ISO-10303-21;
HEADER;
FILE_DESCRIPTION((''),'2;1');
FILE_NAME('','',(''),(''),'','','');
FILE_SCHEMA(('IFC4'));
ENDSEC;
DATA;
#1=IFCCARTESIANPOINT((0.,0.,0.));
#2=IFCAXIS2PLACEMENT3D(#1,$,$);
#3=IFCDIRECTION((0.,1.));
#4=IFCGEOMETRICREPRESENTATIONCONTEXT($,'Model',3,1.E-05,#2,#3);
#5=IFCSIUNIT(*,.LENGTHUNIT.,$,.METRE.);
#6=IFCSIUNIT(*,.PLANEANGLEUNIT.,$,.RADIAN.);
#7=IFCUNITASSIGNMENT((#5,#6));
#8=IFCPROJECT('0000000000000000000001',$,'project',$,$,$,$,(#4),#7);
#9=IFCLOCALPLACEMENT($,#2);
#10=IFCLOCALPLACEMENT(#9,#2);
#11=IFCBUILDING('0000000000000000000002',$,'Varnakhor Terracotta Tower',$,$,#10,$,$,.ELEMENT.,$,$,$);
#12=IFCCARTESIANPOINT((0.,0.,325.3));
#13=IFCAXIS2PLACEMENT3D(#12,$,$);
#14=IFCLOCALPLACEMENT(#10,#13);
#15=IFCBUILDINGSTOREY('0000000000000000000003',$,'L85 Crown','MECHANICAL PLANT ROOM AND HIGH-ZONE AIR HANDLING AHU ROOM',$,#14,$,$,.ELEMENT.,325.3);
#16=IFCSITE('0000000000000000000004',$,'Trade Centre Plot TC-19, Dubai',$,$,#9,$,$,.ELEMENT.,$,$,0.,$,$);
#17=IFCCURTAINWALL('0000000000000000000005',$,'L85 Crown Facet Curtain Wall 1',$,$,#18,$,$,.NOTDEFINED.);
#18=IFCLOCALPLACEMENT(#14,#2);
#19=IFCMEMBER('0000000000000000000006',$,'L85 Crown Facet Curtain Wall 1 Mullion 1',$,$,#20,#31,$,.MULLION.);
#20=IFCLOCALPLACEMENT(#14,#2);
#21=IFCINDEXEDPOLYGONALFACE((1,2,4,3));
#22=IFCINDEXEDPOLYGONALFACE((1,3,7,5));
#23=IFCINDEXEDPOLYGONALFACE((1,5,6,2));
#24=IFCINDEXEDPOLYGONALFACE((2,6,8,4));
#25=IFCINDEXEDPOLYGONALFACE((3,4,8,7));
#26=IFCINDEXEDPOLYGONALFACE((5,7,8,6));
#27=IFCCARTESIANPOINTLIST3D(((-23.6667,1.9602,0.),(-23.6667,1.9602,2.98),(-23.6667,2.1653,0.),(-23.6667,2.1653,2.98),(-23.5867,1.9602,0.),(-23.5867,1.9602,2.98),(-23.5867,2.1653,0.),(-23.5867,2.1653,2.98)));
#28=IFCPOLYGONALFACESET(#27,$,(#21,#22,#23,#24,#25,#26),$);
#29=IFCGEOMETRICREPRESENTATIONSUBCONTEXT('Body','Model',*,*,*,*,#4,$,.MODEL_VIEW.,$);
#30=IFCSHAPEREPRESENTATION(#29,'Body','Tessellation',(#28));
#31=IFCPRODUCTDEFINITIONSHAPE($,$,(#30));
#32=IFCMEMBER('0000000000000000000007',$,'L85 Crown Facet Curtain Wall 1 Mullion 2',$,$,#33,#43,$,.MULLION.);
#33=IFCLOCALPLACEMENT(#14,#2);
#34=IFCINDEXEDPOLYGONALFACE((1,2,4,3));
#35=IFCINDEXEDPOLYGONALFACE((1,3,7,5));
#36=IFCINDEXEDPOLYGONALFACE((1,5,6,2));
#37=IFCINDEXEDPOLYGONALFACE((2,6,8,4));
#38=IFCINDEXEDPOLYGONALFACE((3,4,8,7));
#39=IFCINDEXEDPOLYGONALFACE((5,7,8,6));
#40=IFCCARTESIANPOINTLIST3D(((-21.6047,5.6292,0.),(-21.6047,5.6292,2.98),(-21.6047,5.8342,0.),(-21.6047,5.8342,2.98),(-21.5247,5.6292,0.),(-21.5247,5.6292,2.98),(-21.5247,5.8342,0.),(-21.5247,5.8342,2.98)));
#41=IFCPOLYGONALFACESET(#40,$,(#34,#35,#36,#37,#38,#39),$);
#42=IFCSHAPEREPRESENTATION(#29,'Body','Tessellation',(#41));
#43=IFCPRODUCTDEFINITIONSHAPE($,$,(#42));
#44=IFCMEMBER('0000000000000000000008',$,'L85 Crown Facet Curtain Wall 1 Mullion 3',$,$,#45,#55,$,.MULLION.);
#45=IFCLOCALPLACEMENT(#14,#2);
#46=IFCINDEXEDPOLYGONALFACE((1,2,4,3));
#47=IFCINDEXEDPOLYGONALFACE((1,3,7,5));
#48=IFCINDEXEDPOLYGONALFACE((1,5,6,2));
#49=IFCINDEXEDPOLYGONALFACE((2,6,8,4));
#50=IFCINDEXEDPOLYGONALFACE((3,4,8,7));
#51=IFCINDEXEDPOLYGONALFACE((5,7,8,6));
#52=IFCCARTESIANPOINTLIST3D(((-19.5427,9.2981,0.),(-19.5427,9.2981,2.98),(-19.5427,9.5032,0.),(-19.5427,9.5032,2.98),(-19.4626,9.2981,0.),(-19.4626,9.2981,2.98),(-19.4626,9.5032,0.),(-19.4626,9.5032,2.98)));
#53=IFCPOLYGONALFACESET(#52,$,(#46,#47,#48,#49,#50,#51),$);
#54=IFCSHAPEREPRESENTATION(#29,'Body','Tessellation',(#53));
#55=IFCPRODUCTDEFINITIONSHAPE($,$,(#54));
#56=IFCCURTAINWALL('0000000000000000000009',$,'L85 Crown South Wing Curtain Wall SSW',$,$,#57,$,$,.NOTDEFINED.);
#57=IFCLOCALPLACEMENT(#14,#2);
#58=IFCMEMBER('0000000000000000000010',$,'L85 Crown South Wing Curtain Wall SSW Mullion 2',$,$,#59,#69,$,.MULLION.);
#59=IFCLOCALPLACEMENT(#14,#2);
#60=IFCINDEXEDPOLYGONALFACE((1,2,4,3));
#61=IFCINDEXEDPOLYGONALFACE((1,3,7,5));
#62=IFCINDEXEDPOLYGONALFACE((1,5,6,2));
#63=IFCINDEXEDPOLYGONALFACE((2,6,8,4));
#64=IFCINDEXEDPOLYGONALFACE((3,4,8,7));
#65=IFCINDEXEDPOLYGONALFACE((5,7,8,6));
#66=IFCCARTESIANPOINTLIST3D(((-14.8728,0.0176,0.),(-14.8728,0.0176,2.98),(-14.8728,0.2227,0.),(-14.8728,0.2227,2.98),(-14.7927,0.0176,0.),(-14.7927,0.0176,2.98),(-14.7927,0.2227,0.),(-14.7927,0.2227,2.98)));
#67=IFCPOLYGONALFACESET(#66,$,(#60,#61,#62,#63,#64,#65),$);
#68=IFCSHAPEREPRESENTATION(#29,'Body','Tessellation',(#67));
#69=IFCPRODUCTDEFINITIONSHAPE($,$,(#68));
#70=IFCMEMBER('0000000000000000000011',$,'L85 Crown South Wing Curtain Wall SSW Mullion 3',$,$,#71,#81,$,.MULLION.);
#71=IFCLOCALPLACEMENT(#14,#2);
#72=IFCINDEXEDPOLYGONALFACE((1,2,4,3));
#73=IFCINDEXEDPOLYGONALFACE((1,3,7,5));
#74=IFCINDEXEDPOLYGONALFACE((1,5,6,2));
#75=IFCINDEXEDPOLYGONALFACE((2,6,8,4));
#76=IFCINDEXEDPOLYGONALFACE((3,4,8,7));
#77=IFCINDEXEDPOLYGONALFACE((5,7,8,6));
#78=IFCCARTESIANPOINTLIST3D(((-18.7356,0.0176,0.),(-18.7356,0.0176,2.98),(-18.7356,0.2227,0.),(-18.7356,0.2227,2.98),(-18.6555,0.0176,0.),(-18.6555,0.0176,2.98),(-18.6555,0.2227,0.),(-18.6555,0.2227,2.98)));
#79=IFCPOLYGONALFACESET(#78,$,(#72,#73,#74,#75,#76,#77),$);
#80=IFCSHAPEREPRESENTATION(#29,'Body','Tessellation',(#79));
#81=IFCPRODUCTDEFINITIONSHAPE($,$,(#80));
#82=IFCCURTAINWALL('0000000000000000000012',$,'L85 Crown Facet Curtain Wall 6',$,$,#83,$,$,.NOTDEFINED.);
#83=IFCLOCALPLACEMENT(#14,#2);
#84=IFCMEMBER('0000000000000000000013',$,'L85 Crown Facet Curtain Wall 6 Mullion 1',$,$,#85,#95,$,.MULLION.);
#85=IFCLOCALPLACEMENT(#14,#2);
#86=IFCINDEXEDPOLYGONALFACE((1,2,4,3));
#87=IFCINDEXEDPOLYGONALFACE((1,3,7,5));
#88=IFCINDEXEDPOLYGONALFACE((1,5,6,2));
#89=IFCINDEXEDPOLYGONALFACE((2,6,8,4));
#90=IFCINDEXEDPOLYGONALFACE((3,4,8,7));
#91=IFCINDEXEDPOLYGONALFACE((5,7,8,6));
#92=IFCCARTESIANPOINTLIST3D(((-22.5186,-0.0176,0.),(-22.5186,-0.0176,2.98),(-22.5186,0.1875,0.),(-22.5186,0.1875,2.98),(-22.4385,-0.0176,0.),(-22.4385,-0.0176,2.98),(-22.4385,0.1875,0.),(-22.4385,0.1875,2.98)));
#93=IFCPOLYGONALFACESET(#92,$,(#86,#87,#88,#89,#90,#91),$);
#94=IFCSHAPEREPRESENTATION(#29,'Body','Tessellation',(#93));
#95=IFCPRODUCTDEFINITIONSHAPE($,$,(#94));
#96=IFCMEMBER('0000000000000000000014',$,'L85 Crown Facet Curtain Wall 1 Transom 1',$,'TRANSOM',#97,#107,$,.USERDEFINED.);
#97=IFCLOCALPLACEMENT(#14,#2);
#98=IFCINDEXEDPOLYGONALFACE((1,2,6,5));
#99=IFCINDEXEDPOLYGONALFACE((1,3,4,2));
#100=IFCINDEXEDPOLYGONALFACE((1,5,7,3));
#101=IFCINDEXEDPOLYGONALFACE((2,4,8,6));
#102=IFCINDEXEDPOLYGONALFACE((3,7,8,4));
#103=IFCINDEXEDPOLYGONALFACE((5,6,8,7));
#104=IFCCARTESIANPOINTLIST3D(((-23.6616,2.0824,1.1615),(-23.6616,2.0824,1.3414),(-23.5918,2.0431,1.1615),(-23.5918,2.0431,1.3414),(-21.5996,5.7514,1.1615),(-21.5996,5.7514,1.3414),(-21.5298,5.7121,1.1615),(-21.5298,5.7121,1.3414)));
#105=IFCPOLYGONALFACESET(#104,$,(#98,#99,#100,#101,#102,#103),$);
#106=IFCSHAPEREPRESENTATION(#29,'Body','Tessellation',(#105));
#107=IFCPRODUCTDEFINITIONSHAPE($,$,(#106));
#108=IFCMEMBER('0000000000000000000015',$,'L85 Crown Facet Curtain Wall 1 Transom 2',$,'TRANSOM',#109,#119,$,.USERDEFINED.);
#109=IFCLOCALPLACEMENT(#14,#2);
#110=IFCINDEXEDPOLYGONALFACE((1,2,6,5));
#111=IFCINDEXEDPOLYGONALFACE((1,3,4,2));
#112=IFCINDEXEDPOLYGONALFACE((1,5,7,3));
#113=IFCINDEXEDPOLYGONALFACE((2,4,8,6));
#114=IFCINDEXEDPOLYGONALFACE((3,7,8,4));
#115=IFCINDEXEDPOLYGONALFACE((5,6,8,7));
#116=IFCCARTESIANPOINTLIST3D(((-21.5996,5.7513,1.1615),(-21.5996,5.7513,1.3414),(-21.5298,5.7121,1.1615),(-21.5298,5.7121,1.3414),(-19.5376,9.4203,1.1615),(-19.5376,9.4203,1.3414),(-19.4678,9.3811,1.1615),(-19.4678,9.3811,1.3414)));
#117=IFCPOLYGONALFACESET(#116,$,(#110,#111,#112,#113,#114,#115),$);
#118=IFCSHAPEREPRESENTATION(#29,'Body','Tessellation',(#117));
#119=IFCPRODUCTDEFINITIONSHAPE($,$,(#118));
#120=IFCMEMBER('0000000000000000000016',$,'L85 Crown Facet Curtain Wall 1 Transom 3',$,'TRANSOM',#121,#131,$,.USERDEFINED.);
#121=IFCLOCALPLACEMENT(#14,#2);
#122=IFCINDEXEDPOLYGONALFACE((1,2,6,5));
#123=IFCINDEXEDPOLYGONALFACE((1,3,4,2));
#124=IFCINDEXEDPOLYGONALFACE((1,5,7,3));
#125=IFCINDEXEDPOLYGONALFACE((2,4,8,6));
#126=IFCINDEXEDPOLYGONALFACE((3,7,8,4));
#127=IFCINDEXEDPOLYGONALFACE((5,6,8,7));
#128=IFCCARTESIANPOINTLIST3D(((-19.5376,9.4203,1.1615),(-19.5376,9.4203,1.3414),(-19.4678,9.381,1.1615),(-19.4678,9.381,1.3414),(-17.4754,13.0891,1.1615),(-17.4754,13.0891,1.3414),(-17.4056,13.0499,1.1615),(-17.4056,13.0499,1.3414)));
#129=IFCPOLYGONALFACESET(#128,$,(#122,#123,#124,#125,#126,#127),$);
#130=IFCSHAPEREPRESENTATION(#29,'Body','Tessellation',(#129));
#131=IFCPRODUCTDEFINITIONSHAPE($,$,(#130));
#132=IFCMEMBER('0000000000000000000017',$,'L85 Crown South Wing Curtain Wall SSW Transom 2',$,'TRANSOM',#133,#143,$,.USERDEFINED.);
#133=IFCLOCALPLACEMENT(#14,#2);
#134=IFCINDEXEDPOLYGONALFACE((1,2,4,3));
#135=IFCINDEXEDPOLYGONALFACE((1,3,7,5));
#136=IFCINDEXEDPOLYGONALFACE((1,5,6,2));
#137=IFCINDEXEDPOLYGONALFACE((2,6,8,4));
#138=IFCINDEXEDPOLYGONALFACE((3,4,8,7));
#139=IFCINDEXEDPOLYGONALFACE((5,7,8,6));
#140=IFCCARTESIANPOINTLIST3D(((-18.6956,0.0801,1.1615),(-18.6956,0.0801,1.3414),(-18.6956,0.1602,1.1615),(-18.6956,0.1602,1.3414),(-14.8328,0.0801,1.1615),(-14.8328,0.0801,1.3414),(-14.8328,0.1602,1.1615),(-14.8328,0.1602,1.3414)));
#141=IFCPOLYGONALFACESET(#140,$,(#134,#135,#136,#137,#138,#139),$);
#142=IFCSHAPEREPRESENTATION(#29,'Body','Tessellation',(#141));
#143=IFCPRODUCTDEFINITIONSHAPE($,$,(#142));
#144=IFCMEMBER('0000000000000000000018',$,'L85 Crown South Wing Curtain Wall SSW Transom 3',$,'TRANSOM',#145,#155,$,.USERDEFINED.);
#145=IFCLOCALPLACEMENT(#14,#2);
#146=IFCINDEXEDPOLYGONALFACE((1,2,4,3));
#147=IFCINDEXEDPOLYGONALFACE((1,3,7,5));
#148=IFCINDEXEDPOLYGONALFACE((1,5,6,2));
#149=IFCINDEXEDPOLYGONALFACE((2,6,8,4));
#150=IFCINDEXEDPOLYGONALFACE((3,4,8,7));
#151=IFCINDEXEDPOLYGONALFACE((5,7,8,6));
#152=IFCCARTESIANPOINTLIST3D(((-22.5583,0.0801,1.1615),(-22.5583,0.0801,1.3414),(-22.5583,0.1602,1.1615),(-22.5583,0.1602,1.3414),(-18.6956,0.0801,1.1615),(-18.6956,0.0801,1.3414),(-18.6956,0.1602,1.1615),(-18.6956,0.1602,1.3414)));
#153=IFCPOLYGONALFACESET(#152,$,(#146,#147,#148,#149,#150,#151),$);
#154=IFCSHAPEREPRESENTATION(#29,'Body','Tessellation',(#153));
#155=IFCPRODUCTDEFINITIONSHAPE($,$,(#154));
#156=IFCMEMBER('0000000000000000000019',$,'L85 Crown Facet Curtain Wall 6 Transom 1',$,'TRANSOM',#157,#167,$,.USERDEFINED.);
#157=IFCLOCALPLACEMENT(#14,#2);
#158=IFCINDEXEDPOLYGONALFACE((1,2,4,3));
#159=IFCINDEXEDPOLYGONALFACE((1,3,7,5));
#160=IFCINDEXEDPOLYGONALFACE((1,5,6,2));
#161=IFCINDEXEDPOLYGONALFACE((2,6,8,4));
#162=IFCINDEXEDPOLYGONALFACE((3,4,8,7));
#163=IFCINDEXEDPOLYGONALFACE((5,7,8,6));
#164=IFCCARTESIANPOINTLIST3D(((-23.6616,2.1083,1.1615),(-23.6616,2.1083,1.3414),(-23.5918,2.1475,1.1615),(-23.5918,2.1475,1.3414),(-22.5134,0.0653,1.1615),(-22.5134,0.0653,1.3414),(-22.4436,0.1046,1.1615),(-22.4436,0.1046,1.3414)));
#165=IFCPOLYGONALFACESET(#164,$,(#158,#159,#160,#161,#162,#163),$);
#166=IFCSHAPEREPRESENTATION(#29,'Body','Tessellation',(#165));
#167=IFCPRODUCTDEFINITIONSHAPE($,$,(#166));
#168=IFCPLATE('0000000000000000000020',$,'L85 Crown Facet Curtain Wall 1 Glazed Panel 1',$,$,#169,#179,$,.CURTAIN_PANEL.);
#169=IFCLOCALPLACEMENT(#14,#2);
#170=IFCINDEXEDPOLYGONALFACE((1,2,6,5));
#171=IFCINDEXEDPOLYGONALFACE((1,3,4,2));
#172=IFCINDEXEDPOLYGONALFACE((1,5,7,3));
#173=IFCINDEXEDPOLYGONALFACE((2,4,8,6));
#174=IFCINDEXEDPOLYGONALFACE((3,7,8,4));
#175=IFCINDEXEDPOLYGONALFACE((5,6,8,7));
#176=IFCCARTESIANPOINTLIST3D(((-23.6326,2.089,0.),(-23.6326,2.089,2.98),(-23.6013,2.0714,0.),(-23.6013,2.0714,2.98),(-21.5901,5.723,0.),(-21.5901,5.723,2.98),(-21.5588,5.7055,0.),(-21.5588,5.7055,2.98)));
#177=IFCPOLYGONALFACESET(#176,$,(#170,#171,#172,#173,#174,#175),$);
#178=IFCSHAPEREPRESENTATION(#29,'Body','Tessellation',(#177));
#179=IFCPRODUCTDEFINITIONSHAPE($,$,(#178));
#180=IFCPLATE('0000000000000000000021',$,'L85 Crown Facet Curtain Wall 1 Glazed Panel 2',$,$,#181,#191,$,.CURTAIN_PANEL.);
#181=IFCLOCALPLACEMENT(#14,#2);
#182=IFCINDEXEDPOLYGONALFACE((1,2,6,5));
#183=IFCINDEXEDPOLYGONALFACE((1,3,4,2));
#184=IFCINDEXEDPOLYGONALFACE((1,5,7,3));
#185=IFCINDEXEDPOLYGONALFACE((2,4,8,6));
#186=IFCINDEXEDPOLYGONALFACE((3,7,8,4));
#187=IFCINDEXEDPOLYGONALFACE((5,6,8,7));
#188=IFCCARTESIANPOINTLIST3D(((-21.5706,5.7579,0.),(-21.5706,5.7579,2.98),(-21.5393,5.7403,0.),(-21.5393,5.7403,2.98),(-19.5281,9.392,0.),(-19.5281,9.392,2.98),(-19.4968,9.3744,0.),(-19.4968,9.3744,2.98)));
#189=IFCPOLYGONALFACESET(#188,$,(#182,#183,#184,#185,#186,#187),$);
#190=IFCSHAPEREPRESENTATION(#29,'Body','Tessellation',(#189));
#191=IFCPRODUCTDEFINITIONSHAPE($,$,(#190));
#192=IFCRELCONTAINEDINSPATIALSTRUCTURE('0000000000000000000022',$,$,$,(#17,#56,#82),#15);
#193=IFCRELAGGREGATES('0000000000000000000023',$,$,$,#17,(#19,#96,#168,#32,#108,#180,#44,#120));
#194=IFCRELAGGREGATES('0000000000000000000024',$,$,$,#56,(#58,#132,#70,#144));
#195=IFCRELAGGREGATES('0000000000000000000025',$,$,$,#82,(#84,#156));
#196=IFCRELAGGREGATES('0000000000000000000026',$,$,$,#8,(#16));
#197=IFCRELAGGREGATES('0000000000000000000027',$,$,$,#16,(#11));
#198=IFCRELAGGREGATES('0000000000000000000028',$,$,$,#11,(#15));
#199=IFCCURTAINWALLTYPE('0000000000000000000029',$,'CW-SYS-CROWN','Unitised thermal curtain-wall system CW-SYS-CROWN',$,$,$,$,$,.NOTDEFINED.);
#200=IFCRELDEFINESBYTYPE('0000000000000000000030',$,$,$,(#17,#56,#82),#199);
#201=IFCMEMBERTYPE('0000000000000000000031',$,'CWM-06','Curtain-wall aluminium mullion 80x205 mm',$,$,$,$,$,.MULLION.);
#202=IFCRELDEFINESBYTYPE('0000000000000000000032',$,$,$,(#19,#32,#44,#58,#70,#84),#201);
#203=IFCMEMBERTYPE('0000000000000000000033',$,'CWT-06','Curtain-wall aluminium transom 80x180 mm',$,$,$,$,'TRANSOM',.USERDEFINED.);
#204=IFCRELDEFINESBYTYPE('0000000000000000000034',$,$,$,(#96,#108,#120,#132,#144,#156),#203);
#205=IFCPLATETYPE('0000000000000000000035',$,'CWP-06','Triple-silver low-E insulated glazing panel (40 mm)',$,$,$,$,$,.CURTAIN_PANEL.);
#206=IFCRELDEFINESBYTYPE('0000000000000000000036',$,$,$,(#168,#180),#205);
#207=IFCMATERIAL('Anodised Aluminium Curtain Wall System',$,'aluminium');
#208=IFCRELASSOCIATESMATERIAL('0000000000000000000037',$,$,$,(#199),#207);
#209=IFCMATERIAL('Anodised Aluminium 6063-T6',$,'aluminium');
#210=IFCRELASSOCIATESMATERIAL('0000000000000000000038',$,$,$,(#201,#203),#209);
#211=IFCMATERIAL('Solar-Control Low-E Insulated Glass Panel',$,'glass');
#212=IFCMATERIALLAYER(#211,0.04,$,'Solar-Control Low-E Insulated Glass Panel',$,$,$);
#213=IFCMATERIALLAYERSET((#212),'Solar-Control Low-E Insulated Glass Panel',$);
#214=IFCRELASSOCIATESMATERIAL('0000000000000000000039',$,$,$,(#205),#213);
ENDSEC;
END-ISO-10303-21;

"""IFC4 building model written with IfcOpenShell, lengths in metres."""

from ifc_helpers import new_model, si_unit, direction, frame, origin, origin_2d, place, context, subcontext, project, spatial, rectangle, extrude, source, transform, mapped, material, layer, layer_set, material_profile, profile_set, type_object, type_shapes, element, aggregate, save


model = new_model("IFC4")

# Units and contexts
model_context = context("Model", 3, precision=1e-05, world=origin(), true_north=direction((0.0, 1.0)))
body_context = subcontext(model_context, "Body", "Model", "MODEL_VIEW")
ifc_project = project(units=[si_unit("LENGTHUNIT", "METRE"), si_unit("PLANEANGLEUNIT", "RADIAN")], contexts=[model_context])

# Site, building, storey
site_placement = place(None, origin())
site = spatial("IfcSite", under=ifc_project, at=site_placement, Name="Trade Centre Plot TC-19, Dubai", CompositionType="ELEMENT", RefElevation=0.0)
building_placement = place(site_placement, origin())
building = spatial("IfcBuilding", under=site, at=building_placement, Name="Varnakhor Terracotta Tower", CompositionType="ELEMENT")
storey_placement = place(building_placement, frame((0.0, 0.0, 325.3)))
storey = spatial("IfcBuildingStorey", under=building, at=storey_placement, Name="L85 Crown", Description="MECHANICAL PLANT ROOM AND HIGH-ZONE AIR HANDLING AHU ROOM", CompositionType="ELEMENT", Elevation=325.3)

# Curtain walls, members
ifc_material_1 = material(Name="Anodised Aluminium Curtain Wall System", Category="aluminium")
curtain_wall_type = type_object("IfcCurtainWallType", Name="CW-SYS-CROWN", Description="Unitised thermal curtain-wall system CW-SYS-CROWN", PredefinedType="NOTDEFINED", material=ifc_material_1)
curtain_wall_1_placement = place(storey_placement, origin())
curtain_wall_1 = element("IfcCurtainWall", 1, at=curtain_wall_1_placement, inside=storey, type_object=curtain_wall_type, Name="L85 Crown Facet Curtain Wall 1", PredefinedType="NOTDEFINED")
ifc_material_2 = material(Name="Anodised Aluminium 6063-T6", Category="aluminium")
ifc_material_profile_1 = material_profile(ifc_material_2, rectangle(XDim=0.0801, YDim=0.2051, at=origin_2d()), Name="ALU MULLION 80x205")
ifc_profile_set_1 = profile_set([ifc_material_profile_1], Name="Anodised Aluminium 6063-T6")
member_type_1 = type_object("IfcMemberType", Name="CWM-06", Description="Curtain-wall aluminium mullion 80x205 mm", PredefinedType="MULLION", material=ifc_profile_set_1)
shared_shape_1 = source(origin(), body_context, "Body", "SweptSolid", [
    extrude(rectangle(XDim=0.0801, YDim=0.2051, at=origin_2d()), origin(), (0.0, 0.0, 1.0), 2.98),
])
type_shapes(member_type_1, [shared_shape_1])
member_1_placement = place(storey_placement, frame((-23.6267, 2.0627, 0.0), z_axis=(0.0, 0.0, 1.0), x_axis=(1.0, 0.0, 0.0)))
member_1 = element("IfcMember", 2, at=member_1_placement, type_object=member_type_1, Name="L85 Crown Facet Curtain Wall 1 Mullion 1", PredefinedType="MULLION", context=body_context, shape_type="MappedRepresentation", body=[
    mapped(shared_shape_1, transform((0.0, 0.0, 0.0), scale=1.0)),
])
member_2_placement = place(storey_placement, frame((-21.5647, 5.7317, 0.0), z_axis=(0.0, 0.0, 1.0), x_axis=(1.0, 0.0, 0.0)))
member_2 = element("IfcMember", 3, at=member_2_placement, type_object=member_type_1, Name="L85 Crown Facet Curtain Wall 1 Mullion 2", PredefinedType="MULLION", context=body_context, shape_type="MappedRepresentation", body=[
    mapped(shared_shape_1, transform((0.0, 0.0, 0.0), scale=1.0)),
])
member_3_placement = place(storey_placement, frame((-19.5027, 9.4006, 0.0), z_axis=(0.0, 0.0, 1.0), x_axis=(1.0, 0.0, 0.0)))
member_3 = element("IfcMember", 4, at=member_3_placement, type_object=member_type_1, Name="L85 Crown Facet Curtain Wall 1 Mullion 3", PredefinedType="MULLION", context=body_context, shape_type="MappedRepresentation", body=[
    mapped(shared_shape_1, transform((0.0, 0.0, 0.0), scale=1.0)),
])
curtain_wall_2_placement = place(storey_placement, origin())
curtain_wall_2 = element("IfcCurtainWall", 5, at=curtain_wall_2_placement, inside=storey, type_object=curtain_wall_type, Name="L85 Crown South Wing Curtain Wall SSW", PredefinedType="NOTDEFINED")
member_4_placement = place(storey_placement, frame((-14.8328, 0.1201, 0.0), z_axis=(0.0, 0.0, 1.0), x_axis=(1.0, 0.0, 0.0)))
member_4 = element("IfcMember", 6, at=member_4_placement, type_object=member_type_1, Name="L85 Crown South Wing Curtain Wall SSW Mullion 2", PredefinedType="MULLION", context=body_context, shape_type="MappedRepresentation", body=[
    mapped(shared_shape_1, transform((0.0, 0.0, 0.0), scale=1.0)),
])
member_5_placement = place(storey_placement, frame((-18.6956, 0.1201, 0.0), z_axis=(0.0, 0.0, 1.0), x_axis=(1.0, 0.0, 0.0)))
member_5 = element("IfcMember", 7, at=member_5_placement, type_object=member_type_1, Name="L85 Crown South Wing Curtain Wall SSW Mullion 3", PredefinedType="MULLION", context=body_context, shape_type="MappedRepresentation", body=[
    mapped(shared_shape_1, transform((0.0, 0.0, 0.0), scale=1.0)),
])

# Curtain wall, member
curtain_wall_3_placement = place(storey_placement, origin())
curtain_wall_3 = element("IfcCurtainWall", 8, at=curtain_wall_3_placement, inside=storey, type_object=curtain_wall_type, Name="L85 Crown Facet Curtain Wall 6", PredefinedType="NOTDEFINED")
member_6_placement = place(storey_placement, frame((-22.4785, 0.085, 0.0), z_axis=(0.0, 0.0, 1.0), x_axis=(1.0, 0.0, 0.0)))
member_6 = element("IfcMember", 9, at=member_6_placement, type_object=member_type_1, Name="L85 Crown Facet Curtain Wall 6 Mullion 1", PredefinedType="MULLION", context=body_context, shape_type="MappedRepresentation", body=[
    mapped(shared_shape_1, transform((0.0, 0.0, 0.0), scale=1.0)),
])

# Members
ifc_material_profile_2 = material_profile(ifc_material_2, rectangle(XDim=0.0801, YDim=0.1799, at=origin_2d()), Name="ALU TRANSOM 80x180")
ifc_profile_set_2 = profile_set([ifc_material_profile_2], Name="Anodised Aluminium 6063-T6")
member_type_2 = type_object("IfcMemberType", Name="CWT-06", Description="Curtain-wall aluminium transom 80x180 mm", ElementType="TRANSOM", PredefinedType="USERDEFINED", material=ifc_profile_set_2)
shared_shape_2 = source(origin(), body_context, "Body", "SweptSolid", [
    extrude(rectangle(XDim=0.0801, YDim=0.1799, at=origin_2d()), origin(), (0.0, 0.0, 1.0), 4.2087),
])
member_7_placement = place(storey_placement, frame((-23.6267, 2.0627, 1.2515), z_axis=(0.489942, 0.871755, 0.0), x_axis=(-0.871755, 0.489942, 0.0)))
member_7 = element("IfcMember", 10, at=member_7_placement, type_object=member_type_2, Name="L85 Crown Facet Curtain Wall 1 Transom 1", ObjectType="TRANSOM", PredefinedType="USERDEFINED", context=body_context, shape_type="MappedRepresentation", body=[
    mapped(shared_shape_2, transform((0.0, 0.0, 0.0), scale=1.0)),
])
member_8_placement = place(storey_placement, frame((-21.5647, 5.7317, 1.2515), z_axis=(0.489942, 0.871755, 0.0), x_axis=(-0.871755, 0.489942, 0.0)))
member_8 = element("IfcMember", 11, at=member_8_placement, type_object=member_type_2, Name="L85 Crown Facet Curtain Wall 1 Transom 2", ObjectType="TRANSOM", PredefinedType="USERDEFINED", context=body_context, shape_type="MappedRepresentation", body=[
    mapped(shared_shape_2, transform((0.0, 0.0, 0.0), scale=1.0)),
])
member_9_placement = place(storey_placement, frame((-19.5027, 9.4006, 1.2515), z_axis=(0.489986, 0.87173, 0.0), x_axis=(-0.87173, 0.489986, 0.0)))
member_9 = element("IfcMember", 12, at=member_9_placement, type_object=member_type_2, Name="L85 Crown Facet Curtain Wall 1 Transom 3", ObjectType="TRANSOM", PredefinedType="USERDEFINED", context=body_context, shape_type="MappedRepresentation", body=[
    mapped(shared_shape_2, transform((0.0, 0.0, 0.0), scale=1.0)),
])
shared_shape_3 = source(origin(), body_context, "Body", "SweptSolid", [
    extrude(rectangle(XDim=0.0801, YDim=0.1799, at=origin_2d()), origin(), (0.0, 0.0, 1.0), 3.8628),
])
member_10_placement = place(storey_placement, frame((-14.8328, 0.1201, 1.2515), z_axis=(-1.0, 0.0, 0.0), x_axis=(0.0, -1.0, 0.0)))
member_10 = element("IfcMember", 13, at=member_10_placement, type_object=member_type_2, Name="L85 Crown South Wing Curtain Wall SSW Transom 2", ObjectType="TRANSOM", PredefinedType="USERDEFINED", context=body_context, shape_type="MappedRepresentation", body=[
    mapped(shared_shape_3, transform((0.0, 0.0, 0.0), scale=1.0)),
])
member_11_placement = place(storey_placement, frame((-18.6956, 0.1201, 1.2515), z_axis=(-1.0, 0.0, 0.0), x_axis=(0.0, -1.0, 0.0)))
member_11 = element("IfcMember", 14, at=member_11_placement, type_object=member_type_2, Name="L85 Crown South Wing Curtain Wall SSW Transom 3", ObjectType="TRANSOM", PredefinedType="USERDEFINED", context=body_context, shape_type="MappedRepresentation", body=[
    mapped(shared_shape_3, transform((0.0, 0.0, 0.0), scale=1.0)),
])
shared_shape_4 = source(origin(), body_context, "Body", "SweptSolid", [
    extrude(rectangle(XDim=0.0801, YDim=0.1799, at=origin_2d()), origin(), (0.0, 0.0, 1.0), 2.3435),
])
member_12_placement = place(storey_placement, frame((-22.4785, 0.085, 1.2515), z_axis=(-0.489945, 0.871754, 0.0), x_axis=(-0.871754, -0.489945, 0.0)))
member_12 = element("IfcMember", 15, at=member_12_placement, type_object=member_type_2, Name="L85 Crown Facet Curtain Wall 6 Transom 1", ObjectType="TRANSOM", PredefinedType="USERDEFINED", context=body_context, shape_type="MappedRepresentation", body=[
    mapped(shared_shape_4, transform((0.0, 0.0, 0.0), scale=1.0)),
])

# Plates
ifc_material_3 = material(Name="Solar-Control Low-E Insulated Glass Panel", Category="glass")
ifc_layer = layer(ifc_material_3, 0.04, Name="Solar-Control Low-E Insulated Glass Panel")
ifc_layer_set = layer_set([ifc_layer], Name="Solar-Control Low-E Insulated Glass Panel")
plate_type = type_object("IfcPlateType", Name="CWP-06", Description="Triple-silver low-E insulated glazing panel (40 mm)", PredefinedType="CURTAIN_PANEL", material=ifc_layer_set)
shared_shape_5 = source(origin(), body_context, "Body", "SweptSolid", [
    extrude(rectangle(XDim=4.1687, YDim=0.0359, at=origin_2d()), origin(), (0.0, 0.0, 1.0), 2.98),
])
plate_1_placement = place(storey_placement, frame((-22.5957, 3.8972, 0.0), z_axis=(0.0, 0.0, 1.0), x_axis=(0.489946, 0.871753, 0.0)))
plate_1 = element("IfcPlate", 16, at=plate_1_placement, type_object=plate_type, Name="L85 Crown Facet Curtain Wall 1 Glazed Panel 1", PredefinedType="CURTAIN_PANEL", context=body_context, shape_type="MappedRepresentation", body=[
    mapped(shared_shape_5, transform((0.0, 0.0, 0.0), scale=1.0)),
])
plate_2_placement = place(storey_placement, frame((-20.5337, 7.5662, 0.0), z_axis=(0.0, 0.0, 1.0), x_axis=(0.489946, 0.871753, 0.0)))
plate_2 = element("IfcPlate", 17, at=plate_2_placement, type_object=plate_type, Name="L85 Crown Facet Curtain Wall 1 Glazed Panel 2", PredefinedType="CURTAIN_PANEL", context=body_context, shape_type="MappedRepresentation", body=[
    mapped(shared_shape_5, transform((0.0, 0.0, 0.0), scale=1.0)),
])
aggregate(curtain_wall_1, [member_1, member_7, plate_1, member_2, member_8, plate_2, member_3, member_9])
aggregate(curtain_wall_2, [member_4, member_10, member_5, member_11])
aggregate(curtain_wall_3, [member_6, member_12])

save(model, "model.ifc")
